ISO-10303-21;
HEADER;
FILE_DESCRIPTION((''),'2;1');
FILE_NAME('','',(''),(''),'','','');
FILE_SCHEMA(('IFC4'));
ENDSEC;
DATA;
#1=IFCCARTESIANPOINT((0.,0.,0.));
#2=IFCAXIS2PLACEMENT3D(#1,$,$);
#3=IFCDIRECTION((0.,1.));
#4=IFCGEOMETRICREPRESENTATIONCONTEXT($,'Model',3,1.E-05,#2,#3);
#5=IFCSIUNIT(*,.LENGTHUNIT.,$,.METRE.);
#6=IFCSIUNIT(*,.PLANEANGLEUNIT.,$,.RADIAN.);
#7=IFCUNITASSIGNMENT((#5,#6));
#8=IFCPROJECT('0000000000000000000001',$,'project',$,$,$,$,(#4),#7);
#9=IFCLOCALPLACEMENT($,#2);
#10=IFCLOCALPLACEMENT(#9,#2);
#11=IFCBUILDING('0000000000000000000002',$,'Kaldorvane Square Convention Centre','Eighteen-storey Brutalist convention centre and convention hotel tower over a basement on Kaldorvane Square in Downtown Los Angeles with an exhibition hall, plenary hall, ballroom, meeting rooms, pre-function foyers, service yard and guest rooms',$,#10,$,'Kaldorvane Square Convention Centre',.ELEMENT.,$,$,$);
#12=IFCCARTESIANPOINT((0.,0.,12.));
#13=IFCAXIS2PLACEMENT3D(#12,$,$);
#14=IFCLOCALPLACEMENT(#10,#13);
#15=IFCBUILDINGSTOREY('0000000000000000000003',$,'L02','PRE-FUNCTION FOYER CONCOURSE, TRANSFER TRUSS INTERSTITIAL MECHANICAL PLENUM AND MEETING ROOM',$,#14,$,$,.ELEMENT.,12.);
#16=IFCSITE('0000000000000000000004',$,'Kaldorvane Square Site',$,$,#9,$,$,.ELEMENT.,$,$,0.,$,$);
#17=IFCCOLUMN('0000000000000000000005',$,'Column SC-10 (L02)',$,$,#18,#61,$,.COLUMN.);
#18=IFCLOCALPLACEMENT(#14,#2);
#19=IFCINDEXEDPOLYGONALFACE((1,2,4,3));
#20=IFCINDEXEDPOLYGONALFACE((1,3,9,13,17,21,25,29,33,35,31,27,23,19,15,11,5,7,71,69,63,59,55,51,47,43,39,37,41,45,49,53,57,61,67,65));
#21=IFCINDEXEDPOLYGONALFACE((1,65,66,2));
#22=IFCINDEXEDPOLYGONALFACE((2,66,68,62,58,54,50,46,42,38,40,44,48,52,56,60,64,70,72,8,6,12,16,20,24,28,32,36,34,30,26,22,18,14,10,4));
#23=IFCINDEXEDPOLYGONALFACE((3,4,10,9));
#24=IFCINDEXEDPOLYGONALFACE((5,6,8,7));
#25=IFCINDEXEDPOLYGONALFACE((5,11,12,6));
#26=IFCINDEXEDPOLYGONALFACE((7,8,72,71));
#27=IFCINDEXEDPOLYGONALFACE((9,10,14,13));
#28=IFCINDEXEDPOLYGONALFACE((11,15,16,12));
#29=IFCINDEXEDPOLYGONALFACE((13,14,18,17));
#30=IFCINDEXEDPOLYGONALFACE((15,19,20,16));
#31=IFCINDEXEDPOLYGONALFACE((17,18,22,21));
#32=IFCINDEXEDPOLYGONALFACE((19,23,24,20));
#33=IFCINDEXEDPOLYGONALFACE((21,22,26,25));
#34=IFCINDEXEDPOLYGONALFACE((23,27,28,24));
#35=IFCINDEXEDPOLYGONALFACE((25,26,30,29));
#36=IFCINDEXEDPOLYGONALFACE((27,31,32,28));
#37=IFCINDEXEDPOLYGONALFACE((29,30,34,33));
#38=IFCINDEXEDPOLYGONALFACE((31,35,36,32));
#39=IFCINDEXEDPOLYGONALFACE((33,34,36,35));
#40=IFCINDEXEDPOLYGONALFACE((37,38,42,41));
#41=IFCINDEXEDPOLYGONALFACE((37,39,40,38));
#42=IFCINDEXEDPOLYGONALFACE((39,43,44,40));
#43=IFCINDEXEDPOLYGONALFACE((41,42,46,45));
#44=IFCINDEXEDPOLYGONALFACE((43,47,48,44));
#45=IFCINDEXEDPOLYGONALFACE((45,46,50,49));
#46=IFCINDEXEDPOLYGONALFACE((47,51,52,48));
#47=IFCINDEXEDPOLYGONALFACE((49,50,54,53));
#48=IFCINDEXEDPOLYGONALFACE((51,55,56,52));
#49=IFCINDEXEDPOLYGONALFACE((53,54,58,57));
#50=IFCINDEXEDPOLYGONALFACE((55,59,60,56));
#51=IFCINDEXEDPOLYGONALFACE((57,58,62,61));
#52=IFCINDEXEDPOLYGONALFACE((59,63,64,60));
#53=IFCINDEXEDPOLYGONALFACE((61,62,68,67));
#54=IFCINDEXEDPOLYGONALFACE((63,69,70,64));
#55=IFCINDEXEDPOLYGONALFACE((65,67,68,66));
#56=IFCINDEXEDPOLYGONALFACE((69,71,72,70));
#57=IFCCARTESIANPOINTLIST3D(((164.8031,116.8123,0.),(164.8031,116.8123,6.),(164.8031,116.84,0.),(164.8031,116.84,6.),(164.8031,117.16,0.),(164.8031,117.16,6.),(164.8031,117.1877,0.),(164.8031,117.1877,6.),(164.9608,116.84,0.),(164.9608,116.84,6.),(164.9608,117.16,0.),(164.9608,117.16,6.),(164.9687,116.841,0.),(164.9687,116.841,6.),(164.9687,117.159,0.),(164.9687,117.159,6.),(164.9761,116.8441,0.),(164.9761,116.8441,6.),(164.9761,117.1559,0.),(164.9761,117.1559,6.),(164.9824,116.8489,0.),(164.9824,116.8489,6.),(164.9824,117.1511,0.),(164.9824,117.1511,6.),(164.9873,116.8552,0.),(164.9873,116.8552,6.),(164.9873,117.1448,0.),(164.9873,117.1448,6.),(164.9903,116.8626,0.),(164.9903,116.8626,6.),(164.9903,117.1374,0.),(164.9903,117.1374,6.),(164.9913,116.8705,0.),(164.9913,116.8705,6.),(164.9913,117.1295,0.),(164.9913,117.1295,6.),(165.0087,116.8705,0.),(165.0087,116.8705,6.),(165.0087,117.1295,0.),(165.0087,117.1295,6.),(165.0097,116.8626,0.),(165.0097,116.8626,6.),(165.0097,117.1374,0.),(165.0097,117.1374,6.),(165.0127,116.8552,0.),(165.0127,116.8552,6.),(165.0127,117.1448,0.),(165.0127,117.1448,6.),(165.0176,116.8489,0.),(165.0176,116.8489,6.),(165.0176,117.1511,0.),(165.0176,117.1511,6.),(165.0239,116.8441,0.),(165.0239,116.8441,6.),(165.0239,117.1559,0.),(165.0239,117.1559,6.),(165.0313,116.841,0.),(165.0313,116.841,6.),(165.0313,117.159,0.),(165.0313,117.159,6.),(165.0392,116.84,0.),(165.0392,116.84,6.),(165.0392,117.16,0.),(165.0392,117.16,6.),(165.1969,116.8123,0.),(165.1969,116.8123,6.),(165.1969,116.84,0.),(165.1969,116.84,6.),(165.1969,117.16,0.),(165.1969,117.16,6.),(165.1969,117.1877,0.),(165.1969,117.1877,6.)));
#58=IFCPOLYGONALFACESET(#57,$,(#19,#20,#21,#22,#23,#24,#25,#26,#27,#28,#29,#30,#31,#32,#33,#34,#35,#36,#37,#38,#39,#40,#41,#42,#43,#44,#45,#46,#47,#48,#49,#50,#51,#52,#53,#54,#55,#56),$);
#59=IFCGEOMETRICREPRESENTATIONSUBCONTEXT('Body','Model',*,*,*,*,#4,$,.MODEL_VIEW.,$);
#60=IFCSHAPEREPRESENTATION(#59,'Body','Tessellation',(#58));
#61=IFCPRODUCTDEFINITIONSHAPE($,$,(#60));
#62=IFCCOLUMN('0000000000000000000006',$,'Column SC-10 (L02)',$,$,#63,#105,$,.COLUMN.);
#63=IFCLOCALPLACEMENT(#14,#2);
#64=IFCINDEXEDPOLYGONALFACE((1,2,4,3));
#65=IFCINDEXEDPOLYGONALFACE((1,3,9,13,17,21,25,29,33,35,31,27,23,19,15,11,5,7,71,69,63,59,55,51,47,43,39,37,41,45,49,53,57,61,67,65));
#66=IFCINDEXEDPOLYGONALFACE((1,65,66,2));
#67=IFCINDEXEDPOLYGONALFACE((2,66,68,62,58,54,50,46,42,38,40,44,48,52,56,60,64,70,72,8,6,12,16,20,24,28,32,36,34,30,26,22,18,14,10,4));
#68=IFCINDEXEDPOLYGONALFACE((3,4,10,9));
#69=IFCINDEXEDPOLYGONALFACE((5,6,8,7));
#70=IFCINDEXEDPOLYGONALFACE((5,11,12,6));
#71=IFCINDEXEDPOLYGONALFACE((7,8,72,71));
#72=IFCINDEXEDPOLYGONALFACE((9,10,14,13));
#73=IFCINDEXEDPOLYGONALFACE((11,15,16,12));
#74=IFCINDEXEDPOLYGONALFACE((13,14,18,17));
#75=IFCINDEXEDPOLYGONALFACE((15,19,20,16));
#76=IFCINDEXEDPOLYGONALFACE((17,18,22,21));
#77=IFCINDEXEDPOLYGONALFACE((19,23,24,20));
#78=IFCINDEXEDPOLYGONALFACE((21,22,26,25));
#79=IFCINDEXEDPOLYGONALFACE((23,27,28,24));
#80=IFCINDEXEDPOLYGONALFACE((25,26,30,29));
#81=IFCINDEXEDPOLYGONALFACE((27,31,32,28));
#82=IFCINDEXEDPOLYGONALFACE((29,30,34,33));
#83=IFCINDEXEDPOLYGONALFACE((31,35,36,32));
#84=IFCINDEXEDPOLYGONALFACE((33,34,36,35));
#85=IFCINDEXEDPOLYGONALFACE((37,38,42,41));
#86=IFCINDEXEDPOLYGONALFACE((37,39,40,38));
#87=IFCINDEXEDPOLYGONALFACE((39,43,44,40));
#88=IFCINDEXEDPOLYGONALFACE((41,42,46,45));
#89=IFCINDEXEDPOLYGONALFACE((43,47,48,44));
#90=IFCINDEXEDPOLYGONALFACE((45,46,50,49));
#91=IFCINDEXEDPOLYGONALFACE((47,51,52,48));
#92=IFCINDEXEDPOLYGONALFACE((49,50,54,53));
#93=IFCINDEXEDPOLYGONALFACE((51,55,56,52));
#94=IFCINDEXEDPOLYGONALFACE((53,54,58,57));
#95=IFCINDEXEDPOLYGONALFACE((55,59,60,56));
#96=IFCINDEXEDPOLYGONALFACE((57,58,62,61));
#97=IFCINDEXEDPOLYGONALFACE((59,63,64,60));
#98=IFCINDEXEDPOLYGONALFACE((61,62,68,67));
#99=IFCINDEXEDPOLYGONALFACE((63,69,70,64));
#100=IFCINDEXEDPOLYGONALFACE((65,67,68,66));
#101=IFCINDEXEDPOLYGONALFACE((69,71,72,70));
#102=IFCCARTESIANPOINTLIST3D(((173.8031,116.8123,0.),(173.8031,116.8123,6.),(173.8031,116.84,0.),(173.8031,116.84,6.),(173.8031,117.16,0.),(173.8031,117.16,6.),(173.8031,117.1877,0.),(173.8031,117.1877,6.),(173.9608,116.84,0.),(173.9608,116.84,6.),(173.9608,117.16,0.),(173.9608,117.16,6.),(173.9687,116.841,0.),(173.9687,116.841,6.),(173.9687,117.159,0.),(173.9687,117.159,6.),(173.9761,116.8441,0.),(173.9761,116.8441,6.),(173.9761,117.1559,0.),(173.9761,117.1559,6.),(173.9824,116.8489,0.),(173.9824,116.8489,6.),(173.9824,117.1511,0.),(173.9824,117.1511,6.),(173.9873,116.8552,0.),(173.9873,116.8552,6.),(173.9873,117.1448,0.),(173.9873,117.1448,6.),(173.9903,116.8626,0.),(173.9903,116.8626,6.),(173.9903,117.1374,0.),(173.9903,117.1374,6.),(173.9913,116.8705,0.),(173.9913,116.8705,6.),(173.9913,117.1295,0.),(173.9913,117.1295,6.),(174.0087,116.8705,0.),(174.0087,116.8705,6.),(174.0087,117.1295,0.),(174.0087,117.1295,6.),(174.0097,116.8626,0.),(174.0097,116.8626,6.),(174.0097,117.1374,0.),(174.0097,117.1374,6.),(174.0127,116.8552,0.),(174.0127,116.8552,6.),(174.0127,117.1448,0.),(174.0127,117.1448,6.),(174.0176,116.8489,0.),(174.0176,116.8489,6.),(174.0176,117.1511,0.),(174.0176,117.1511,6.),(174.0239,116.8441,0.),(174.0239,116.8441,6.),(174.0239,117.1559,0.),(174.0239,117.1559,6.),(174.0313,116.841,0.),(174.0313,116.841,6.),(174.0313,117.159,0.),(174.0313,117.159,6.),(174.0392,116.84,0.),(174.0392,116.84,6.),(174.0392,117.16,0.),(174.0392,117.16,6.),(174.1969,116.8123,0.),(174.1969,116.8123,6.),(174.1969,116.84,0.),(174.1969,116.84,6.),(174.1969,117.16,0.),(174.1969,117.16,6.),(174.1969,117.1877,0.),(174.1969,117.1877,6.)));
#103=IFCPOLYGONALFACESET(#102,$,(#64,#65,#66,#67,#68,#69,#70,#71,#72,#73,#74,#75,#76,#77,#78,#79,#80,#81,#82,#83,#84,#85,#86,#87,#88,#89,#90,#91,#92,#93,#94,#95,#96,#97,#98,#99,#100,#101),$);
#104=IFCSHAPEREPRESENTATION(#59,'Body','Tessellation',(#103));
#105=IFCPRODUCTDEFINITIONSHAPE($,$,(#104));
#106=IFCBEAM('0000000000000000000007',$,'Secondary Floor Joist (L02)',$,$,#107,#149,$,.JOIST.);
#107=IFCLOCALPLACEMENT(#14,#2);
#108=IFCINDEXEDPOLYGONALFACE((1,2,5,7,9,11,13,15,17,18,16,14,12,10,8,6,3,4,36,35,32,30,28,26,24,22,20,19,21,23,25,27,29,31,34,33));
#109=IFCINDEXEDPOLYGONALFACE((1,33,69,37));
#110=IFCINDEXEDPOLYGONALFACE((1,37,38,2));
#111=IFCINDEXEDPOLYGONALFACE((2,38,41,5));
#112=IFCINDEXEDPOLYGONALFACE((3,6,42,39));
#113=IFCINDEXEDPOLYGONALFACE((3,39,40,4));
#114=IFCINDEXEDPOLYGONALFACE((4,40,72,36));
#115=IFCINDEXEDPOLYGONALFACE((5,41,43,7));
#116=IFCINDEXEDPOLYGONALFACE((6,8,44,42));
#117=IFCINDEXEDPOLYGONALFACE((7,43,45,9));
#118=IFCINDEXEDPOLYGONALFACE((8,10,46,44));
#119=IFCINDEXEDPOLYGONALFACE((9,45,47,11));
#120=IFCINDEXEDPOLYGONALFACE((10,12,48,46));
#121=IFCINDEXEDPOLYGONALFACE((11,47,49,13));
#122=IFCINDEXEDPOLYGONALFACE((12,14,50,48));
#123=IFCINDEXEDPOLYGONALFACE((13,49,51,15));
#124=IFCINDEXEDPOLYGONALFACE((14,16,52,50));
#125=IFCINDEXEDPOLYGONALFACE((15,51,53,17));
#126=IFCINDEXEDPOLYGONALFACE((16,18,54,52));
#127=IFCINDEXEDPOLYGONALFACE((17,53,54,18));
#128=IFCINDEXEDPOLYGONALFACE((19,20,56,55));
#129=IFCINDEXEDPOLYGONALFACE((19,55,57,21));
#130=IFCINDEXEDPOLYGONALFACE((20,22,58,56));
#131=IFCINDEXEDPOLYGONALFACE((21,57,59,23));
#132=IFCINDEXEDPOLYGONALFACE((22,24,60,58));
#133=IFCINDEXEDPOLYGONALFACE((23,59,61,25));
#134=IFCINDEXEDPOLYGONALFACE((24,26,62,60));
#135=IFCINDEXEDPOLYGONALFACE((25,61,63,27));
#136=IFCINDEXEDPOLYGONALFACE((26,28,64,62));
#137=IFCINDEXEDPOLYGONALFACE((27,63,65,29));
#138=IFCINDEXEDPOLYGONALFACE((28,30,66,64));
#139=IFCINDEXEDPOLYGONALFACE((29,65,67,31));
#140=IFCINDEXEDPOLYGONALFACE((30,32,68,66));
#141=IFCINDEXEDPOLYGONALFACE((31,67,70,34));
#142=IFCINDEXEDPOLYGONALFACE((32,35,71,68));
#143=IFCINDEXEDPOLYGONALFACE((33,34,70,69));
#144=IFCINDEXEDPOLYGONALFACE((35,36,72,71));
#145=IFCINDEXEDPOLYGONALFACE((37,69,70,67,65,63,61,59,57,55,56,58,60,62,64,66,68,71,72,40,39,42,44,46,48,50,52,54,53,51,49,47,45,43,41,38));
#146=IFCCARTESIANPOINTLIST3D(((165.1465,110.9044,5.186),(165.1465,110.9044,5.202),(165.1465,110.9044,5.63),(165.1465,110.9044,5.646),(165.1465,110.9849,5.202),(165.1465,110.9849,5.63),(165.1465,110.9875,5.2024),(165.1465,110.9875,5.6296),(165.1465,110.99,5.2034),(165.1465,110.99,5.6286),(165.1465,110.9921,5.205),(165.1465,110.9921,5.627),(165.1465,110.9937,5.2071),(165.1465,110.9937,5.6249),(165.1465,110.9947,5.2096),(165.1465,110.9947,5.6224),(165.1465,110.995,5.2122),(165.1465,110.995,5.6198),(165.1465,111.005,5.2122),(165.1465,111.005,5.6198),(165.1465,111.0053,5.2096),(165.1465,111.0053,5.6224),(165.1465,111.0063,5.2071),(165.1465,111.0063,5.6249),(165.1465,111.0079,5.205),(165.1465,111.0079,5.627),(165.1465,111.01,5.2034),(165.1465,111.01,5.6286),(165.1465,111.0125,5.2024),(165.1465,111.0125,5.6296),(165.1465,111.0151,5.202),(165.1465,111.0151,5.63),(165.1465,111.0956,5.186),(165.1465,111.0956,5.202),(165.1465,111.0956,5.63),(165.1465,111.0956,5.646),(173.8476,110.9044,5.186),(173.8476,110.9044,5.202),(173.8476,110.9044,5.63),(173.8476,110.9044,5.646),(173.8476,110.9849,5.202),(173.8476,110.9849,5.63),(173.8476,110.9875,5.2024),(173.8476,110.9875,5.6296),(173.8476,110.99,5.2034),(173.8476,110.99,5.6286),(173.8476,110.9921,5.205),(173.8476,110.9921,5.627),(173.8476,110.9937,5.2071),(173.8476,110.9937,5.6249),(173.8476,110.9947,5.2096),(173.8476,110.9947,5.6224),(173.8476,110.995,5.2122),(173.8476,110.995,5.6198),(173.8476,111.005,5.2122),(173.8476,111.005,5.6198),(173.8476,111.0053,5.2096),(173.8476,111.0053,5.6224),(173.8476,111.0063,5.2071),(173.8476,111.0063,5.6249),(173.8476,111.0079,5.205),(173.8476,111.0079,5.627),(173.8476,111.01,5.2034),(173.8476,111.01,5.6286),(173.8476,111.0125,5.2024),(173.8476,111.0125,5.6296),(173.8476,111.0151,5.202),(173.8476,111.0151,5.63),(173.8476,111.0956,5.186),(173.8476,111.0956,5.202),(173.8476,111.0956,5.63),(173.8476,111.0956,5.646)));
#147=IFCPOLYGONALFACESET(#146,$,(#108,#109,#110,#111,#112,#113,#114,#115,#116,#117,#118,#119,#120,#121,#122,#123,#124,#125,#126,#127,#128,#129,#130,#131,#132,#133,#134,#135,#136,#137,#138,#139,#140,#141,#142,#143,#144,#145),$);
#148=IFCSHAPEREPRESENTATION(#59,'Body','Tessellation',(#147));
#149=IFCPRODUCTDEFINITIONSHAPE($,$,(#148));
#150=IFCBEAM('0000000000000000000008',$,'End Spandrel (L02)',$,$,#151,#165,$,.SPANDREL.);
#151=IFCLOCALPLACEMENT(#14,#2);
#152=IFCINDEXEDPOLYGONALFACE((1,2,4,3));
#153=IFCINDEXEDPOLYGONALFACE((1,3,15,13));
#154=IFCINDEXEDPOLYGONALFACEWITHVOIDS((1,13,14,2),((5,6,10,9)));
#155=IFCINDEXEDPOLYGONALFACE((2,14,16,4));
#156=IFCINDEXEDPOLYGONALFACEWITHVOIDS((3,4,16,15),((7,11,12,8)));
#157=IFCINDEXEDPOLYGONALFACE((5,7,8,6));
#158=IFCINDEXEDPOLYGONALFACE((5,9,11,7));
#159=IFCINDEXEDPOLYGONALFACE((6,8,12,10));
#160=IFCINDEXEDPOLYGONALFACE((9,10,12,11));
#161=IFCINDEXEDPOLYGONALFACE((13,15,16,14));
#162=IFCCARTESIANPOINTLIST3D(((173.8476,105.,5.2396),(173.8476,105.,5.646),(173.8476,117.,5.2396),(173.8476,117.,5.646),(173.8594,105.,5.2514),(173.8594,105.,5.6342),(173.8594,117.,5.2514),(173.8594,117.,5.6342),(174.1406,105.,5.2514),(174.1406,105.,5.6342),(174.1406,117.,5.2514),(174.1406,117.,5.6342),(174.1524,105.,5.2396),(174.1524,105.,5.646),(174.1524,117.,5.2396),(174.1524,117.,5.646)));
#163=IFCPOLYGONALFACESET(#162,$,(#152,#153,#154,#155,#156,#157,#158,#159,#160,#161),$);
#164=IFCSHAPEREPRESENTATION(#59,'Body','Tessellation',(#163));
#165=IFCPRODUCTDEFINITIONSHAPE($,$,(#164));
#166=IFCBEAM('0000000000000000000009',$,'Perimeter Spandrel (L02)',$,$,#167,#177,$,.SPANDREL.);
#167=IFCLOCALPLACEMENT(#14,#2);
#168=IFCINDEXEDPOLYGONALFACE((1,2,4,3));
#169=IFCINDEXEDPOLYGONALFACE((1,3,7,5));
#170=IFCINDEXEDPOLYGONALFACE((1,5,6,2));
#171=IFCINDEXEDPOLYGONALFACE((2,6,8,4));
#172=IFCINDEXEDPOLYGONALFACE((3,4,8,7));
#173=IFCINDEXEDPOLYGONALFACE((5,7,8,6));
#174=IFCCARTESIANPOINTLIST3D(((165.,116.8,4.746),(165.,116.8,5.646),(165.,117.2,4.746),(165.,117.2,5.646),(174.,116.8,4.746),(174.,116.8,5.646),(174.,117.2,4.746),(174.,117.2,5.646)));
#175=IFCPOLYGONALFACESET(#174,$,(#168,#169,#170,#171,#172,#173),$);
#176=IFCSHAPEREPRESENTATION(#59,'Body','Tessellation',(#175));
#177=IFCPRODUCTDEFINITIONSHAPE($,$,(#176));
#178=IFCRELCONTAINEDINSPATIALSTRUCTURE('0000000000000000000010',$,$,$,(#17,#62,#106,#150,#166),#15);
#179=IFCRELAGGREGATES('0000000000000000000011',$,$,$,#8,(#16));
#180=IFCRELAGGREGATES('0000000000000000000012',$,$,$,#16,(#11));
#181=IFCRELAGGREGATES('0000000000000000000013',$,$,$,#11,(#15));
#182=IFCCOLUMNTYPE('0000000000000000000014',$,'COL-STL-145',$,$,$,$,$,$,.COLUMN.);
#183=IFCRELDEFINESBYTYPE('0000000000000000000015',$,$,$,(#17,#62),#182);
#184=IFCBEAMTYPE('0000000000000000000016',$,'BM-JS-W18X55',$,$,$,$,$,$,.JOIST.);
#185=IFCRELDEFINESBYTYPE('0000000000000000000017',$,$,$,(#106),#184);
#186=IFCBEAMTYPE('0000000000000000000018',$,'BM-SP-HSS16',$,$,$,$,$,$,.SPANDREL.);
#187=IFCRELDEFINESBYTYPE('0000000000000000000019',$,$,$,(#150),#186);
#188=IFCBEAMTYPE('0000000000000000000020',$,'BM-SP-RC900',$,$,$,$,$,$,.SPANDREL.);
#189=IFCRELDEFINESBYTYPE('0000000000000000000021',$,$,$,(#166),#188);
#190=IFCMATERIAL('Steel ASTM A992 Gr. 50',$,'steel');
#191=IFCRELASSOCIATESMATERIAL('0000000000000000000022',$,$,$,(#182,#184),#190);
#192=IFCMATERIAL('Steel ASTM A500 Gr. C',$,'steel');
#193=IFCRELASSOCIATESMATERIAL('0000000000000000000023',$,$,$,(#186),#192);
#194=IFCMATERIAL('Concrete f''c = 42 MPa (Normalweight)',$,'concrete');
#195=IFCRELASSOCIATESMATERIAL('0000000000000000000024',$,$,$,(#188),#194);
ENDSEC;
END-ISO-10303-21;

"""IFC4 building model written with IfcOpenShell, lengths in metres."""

from ifc_helpers import new_model, si_unit, direction, frame, origin, origin_2d, place, context, subcontext, project, spatial, rectangle, hollow_rectangle, i_section, extrude, material, material_profile, profile_set, type_object, element, save


model = new_model("IFC4")

# Units and contexts
model_context = context("Model", 3, precision=1e-05, world=origin(), true_north=direction((0.0, 1.0)))
body_context = subcontext(model_context, "Body", "Model", "MODEL_VIEW")
ifc_project = project(units=[si_unit("LENGTHUNIT", "METRE"), si_unit("PLANEANGLEUNIT", "RADIAN")], contexts=[model_context])

# Site, building, storey
site_placement = place(None, origin())
site = spatial("IfcSite", under=ifc_project, at=site_placement, Name="Kaldorvane Square Site", CompositionType="ELEMENT", RefElevation=0.0)
building_placement = place(site_placement, origin())
building = spatial("IfcBuilding", under=site, at=building_placement, Name="Kaldorvane Square Convention Centre", Description="Eighteen-storey Brutalist convention centre and convention hotel tower over a basement on Kaldorvane Square in Downtown Los Angeles with an exhibition hall, plenary hall, ballroom, meeting rooms, pre-function foyers, service yard and guest rooms", LongName="Kaldorvane Square Convention Centre", CompositionType="ELEMENT")
storey_placement = place(building_placement, frame((0.0, 0.0, 12.0)))
storey = spatial("IfcBuildingStorey", under=building, at=storey_placement, Name="L02", Description="PRE-FUNCTION FOYER CONCOURSE, TRANSFER TRUSS INTERSTITIAL MECHANICAL PLENUM AND MEETING ROOM", CompositionType="ELEMENT", Elevation=12.0)

# Columns
ifc_material_1 = material(Name="Steel ASTM A992 Gr. 50", Category="steel")
ifc_material_profile_1 = material_profile(ifc_material_1, i_section(OverallWidth=0.3937, OverallDepth=0.3754, WebThickness=0.0173, FlangeThickness=0.0277, FilletRadius=0.0305, at=origin_2d()), Name="W14X145")
ifc_profile_set_1 = profile_set([ifc_material_profile_1], Name="Steel ASTM A992 Gr. 50")
column_type = type_object("IfcColumnType", Name="COL-STL-145", PredefinedType="COLUMN", material=ifc_profile_set_1)
for number, where, z_axis, x_axis, name in (
    (1, (165.0, 117.0, 0.0), (0.0, 0.0, 1.0), (1.0, 0.0, 0.0), "Column SC-10 (L02)"),
    (2, (174.0, 117.0, 0.0), (0.0, 0.0, 1.0), (1.0, 0.0, 0.0), "Column SC-10 (L02)"),
):
    element("IfcColumn", number, at=place(storey_placement, frame(where, z_axis=z_axis, x_axis=x_axis)), inside=storey, type_object=column_type, Name=name, PredefinedType="COLUMN", context=body_context, shape_type="SweptSolid", body=[
        extrude(i_section(OverallWidth=0.3937, OverallDepth=0.3754, WebThickness=0.0173, FlangeThickness=0.0277, FilletRadius=0.0305, at=origin_2d()), origin(), (0.0, 0.0, 1.0), 6.0),
    ])

# Beams
ifc_material_profile_2 = material_profile(ifc_material_1, i_section(OverallWidth=0.1913, OverallDepth=0.46, WebThickness=0.0099, FlangeThickness=0.016, FilletRadius=0.0102, at=origin_2d()), Name="W18X55")
ifc_profile_set_2 = profile_set([ifc_material_profile_2], Name="Steel ASTM A992 Gr. 50")
beam_type_1 = type_object("IfcBeamType", Name="BM-JS-W18X55", PredefinedType="JOIST", material=ifc_profile_set_2)
beam_1_placement = place(storey_placement, frame((165.1465, 111.0, 5.416), z_axis=(1.0, 0.0, 0.0), x_axis=(0.0, 1.0, 0.0)))
element("IfcBeam", 3, at=beam_1_placement, inside=storey, type_object=beam_type_1, Name="Secondary Floor Joist (L02)", PredefinedType="JOIST", context=body_context, shape_type="SweptSolid", body=[
    extrude(i_section(OverallWidth=0.1913, OverallDepth=0.46, WebThickness=0.0099, FlangeThickness=0.016, FilletRadius=0.0102, at=origin_2d()), origin(), (0.0, 0.0, 1.0), 8.7011),
])
ifc_material_2 = material(Name="Steel ASTM A500 Gr. C", Category="steel")
ifc_material_profile_3 = material_profile(ifc_material_2, hollow_rectangle(XDim=0.3048, YDim=0.4064, WallThickness=0.0118, at=origin_2d()), Name="HSS16X12X1/2")
ifc_profile_set_3 = profile_set([ifc_material_profile_3], Name="Steel ASTM A500 Gr. C")
beam_type_2 = type_object("IfcBeamType", Name="BM-SP-HSS16", PredefinedType="SPANDREL", material=ifc_profile_set_3)
beam_2_placement = place(storey_placement, frame((174.0, 105.0, 5.4428), z_axis=(0.0, 1.0, 0.0), x_axis=(-1.0, 0.0, 0.0)))
element("IfcBeam", 4, at=beam_2_placement, inside=storey, type_object=beam_type_2, Name="End Spandrel (L02)", PredefinedType="SPANDREL", context=body_context, shape_type="SweptSolid", body=[
    extrude(hollow_rectangle(XDim=0.3048, YDim=0.4064, WallThickness=0.0118, at=origin_2d()), origin(), (0.0, 0.0, 1.0), 12.0),
])
ifc_material_3 = material(Name="Concrete f'c = 42 MPa (Normalweight)", Category="concrete")
ifc_material_profile_4 = material_profile(ifc_material_3, rectangle(XDim=0.4, YDim=0.9, at=origin_2d()), Name="RCSP900X400")
ifc_profile_set_4 = profile_set([ifc_material_profile_4], Name="Concrete f'c = 42 MPa (Normalweight)")
beam_type_3 = type_object("IfcBeamType", Name="BM-SP-RC900", PredefinedType="SPANDREL", material=ifc_profile_set_4)
beam_3_placement = place(storey_placement, frame((165.0, 117.0, 5.196), z_axis=(1.0, 0.0, 0.0), x_axis=(0.0, 1.0, 0.0)))
element("IfcBeam", 5, at=beam_3_placement, inside=storey, type_object=beam_type_3, Name="Perimeter Spandrel (L02)", PredefinedType="SPANDREL", context=body_context, shape_type="SweptSolid", body=[
    extrude(rectangle(XDim=0.4, YDim=0.9, at=origin_2d()), origin(), (0.0, 0.0, 1.0), 9.0),
])

save(model, "model.ifc")
